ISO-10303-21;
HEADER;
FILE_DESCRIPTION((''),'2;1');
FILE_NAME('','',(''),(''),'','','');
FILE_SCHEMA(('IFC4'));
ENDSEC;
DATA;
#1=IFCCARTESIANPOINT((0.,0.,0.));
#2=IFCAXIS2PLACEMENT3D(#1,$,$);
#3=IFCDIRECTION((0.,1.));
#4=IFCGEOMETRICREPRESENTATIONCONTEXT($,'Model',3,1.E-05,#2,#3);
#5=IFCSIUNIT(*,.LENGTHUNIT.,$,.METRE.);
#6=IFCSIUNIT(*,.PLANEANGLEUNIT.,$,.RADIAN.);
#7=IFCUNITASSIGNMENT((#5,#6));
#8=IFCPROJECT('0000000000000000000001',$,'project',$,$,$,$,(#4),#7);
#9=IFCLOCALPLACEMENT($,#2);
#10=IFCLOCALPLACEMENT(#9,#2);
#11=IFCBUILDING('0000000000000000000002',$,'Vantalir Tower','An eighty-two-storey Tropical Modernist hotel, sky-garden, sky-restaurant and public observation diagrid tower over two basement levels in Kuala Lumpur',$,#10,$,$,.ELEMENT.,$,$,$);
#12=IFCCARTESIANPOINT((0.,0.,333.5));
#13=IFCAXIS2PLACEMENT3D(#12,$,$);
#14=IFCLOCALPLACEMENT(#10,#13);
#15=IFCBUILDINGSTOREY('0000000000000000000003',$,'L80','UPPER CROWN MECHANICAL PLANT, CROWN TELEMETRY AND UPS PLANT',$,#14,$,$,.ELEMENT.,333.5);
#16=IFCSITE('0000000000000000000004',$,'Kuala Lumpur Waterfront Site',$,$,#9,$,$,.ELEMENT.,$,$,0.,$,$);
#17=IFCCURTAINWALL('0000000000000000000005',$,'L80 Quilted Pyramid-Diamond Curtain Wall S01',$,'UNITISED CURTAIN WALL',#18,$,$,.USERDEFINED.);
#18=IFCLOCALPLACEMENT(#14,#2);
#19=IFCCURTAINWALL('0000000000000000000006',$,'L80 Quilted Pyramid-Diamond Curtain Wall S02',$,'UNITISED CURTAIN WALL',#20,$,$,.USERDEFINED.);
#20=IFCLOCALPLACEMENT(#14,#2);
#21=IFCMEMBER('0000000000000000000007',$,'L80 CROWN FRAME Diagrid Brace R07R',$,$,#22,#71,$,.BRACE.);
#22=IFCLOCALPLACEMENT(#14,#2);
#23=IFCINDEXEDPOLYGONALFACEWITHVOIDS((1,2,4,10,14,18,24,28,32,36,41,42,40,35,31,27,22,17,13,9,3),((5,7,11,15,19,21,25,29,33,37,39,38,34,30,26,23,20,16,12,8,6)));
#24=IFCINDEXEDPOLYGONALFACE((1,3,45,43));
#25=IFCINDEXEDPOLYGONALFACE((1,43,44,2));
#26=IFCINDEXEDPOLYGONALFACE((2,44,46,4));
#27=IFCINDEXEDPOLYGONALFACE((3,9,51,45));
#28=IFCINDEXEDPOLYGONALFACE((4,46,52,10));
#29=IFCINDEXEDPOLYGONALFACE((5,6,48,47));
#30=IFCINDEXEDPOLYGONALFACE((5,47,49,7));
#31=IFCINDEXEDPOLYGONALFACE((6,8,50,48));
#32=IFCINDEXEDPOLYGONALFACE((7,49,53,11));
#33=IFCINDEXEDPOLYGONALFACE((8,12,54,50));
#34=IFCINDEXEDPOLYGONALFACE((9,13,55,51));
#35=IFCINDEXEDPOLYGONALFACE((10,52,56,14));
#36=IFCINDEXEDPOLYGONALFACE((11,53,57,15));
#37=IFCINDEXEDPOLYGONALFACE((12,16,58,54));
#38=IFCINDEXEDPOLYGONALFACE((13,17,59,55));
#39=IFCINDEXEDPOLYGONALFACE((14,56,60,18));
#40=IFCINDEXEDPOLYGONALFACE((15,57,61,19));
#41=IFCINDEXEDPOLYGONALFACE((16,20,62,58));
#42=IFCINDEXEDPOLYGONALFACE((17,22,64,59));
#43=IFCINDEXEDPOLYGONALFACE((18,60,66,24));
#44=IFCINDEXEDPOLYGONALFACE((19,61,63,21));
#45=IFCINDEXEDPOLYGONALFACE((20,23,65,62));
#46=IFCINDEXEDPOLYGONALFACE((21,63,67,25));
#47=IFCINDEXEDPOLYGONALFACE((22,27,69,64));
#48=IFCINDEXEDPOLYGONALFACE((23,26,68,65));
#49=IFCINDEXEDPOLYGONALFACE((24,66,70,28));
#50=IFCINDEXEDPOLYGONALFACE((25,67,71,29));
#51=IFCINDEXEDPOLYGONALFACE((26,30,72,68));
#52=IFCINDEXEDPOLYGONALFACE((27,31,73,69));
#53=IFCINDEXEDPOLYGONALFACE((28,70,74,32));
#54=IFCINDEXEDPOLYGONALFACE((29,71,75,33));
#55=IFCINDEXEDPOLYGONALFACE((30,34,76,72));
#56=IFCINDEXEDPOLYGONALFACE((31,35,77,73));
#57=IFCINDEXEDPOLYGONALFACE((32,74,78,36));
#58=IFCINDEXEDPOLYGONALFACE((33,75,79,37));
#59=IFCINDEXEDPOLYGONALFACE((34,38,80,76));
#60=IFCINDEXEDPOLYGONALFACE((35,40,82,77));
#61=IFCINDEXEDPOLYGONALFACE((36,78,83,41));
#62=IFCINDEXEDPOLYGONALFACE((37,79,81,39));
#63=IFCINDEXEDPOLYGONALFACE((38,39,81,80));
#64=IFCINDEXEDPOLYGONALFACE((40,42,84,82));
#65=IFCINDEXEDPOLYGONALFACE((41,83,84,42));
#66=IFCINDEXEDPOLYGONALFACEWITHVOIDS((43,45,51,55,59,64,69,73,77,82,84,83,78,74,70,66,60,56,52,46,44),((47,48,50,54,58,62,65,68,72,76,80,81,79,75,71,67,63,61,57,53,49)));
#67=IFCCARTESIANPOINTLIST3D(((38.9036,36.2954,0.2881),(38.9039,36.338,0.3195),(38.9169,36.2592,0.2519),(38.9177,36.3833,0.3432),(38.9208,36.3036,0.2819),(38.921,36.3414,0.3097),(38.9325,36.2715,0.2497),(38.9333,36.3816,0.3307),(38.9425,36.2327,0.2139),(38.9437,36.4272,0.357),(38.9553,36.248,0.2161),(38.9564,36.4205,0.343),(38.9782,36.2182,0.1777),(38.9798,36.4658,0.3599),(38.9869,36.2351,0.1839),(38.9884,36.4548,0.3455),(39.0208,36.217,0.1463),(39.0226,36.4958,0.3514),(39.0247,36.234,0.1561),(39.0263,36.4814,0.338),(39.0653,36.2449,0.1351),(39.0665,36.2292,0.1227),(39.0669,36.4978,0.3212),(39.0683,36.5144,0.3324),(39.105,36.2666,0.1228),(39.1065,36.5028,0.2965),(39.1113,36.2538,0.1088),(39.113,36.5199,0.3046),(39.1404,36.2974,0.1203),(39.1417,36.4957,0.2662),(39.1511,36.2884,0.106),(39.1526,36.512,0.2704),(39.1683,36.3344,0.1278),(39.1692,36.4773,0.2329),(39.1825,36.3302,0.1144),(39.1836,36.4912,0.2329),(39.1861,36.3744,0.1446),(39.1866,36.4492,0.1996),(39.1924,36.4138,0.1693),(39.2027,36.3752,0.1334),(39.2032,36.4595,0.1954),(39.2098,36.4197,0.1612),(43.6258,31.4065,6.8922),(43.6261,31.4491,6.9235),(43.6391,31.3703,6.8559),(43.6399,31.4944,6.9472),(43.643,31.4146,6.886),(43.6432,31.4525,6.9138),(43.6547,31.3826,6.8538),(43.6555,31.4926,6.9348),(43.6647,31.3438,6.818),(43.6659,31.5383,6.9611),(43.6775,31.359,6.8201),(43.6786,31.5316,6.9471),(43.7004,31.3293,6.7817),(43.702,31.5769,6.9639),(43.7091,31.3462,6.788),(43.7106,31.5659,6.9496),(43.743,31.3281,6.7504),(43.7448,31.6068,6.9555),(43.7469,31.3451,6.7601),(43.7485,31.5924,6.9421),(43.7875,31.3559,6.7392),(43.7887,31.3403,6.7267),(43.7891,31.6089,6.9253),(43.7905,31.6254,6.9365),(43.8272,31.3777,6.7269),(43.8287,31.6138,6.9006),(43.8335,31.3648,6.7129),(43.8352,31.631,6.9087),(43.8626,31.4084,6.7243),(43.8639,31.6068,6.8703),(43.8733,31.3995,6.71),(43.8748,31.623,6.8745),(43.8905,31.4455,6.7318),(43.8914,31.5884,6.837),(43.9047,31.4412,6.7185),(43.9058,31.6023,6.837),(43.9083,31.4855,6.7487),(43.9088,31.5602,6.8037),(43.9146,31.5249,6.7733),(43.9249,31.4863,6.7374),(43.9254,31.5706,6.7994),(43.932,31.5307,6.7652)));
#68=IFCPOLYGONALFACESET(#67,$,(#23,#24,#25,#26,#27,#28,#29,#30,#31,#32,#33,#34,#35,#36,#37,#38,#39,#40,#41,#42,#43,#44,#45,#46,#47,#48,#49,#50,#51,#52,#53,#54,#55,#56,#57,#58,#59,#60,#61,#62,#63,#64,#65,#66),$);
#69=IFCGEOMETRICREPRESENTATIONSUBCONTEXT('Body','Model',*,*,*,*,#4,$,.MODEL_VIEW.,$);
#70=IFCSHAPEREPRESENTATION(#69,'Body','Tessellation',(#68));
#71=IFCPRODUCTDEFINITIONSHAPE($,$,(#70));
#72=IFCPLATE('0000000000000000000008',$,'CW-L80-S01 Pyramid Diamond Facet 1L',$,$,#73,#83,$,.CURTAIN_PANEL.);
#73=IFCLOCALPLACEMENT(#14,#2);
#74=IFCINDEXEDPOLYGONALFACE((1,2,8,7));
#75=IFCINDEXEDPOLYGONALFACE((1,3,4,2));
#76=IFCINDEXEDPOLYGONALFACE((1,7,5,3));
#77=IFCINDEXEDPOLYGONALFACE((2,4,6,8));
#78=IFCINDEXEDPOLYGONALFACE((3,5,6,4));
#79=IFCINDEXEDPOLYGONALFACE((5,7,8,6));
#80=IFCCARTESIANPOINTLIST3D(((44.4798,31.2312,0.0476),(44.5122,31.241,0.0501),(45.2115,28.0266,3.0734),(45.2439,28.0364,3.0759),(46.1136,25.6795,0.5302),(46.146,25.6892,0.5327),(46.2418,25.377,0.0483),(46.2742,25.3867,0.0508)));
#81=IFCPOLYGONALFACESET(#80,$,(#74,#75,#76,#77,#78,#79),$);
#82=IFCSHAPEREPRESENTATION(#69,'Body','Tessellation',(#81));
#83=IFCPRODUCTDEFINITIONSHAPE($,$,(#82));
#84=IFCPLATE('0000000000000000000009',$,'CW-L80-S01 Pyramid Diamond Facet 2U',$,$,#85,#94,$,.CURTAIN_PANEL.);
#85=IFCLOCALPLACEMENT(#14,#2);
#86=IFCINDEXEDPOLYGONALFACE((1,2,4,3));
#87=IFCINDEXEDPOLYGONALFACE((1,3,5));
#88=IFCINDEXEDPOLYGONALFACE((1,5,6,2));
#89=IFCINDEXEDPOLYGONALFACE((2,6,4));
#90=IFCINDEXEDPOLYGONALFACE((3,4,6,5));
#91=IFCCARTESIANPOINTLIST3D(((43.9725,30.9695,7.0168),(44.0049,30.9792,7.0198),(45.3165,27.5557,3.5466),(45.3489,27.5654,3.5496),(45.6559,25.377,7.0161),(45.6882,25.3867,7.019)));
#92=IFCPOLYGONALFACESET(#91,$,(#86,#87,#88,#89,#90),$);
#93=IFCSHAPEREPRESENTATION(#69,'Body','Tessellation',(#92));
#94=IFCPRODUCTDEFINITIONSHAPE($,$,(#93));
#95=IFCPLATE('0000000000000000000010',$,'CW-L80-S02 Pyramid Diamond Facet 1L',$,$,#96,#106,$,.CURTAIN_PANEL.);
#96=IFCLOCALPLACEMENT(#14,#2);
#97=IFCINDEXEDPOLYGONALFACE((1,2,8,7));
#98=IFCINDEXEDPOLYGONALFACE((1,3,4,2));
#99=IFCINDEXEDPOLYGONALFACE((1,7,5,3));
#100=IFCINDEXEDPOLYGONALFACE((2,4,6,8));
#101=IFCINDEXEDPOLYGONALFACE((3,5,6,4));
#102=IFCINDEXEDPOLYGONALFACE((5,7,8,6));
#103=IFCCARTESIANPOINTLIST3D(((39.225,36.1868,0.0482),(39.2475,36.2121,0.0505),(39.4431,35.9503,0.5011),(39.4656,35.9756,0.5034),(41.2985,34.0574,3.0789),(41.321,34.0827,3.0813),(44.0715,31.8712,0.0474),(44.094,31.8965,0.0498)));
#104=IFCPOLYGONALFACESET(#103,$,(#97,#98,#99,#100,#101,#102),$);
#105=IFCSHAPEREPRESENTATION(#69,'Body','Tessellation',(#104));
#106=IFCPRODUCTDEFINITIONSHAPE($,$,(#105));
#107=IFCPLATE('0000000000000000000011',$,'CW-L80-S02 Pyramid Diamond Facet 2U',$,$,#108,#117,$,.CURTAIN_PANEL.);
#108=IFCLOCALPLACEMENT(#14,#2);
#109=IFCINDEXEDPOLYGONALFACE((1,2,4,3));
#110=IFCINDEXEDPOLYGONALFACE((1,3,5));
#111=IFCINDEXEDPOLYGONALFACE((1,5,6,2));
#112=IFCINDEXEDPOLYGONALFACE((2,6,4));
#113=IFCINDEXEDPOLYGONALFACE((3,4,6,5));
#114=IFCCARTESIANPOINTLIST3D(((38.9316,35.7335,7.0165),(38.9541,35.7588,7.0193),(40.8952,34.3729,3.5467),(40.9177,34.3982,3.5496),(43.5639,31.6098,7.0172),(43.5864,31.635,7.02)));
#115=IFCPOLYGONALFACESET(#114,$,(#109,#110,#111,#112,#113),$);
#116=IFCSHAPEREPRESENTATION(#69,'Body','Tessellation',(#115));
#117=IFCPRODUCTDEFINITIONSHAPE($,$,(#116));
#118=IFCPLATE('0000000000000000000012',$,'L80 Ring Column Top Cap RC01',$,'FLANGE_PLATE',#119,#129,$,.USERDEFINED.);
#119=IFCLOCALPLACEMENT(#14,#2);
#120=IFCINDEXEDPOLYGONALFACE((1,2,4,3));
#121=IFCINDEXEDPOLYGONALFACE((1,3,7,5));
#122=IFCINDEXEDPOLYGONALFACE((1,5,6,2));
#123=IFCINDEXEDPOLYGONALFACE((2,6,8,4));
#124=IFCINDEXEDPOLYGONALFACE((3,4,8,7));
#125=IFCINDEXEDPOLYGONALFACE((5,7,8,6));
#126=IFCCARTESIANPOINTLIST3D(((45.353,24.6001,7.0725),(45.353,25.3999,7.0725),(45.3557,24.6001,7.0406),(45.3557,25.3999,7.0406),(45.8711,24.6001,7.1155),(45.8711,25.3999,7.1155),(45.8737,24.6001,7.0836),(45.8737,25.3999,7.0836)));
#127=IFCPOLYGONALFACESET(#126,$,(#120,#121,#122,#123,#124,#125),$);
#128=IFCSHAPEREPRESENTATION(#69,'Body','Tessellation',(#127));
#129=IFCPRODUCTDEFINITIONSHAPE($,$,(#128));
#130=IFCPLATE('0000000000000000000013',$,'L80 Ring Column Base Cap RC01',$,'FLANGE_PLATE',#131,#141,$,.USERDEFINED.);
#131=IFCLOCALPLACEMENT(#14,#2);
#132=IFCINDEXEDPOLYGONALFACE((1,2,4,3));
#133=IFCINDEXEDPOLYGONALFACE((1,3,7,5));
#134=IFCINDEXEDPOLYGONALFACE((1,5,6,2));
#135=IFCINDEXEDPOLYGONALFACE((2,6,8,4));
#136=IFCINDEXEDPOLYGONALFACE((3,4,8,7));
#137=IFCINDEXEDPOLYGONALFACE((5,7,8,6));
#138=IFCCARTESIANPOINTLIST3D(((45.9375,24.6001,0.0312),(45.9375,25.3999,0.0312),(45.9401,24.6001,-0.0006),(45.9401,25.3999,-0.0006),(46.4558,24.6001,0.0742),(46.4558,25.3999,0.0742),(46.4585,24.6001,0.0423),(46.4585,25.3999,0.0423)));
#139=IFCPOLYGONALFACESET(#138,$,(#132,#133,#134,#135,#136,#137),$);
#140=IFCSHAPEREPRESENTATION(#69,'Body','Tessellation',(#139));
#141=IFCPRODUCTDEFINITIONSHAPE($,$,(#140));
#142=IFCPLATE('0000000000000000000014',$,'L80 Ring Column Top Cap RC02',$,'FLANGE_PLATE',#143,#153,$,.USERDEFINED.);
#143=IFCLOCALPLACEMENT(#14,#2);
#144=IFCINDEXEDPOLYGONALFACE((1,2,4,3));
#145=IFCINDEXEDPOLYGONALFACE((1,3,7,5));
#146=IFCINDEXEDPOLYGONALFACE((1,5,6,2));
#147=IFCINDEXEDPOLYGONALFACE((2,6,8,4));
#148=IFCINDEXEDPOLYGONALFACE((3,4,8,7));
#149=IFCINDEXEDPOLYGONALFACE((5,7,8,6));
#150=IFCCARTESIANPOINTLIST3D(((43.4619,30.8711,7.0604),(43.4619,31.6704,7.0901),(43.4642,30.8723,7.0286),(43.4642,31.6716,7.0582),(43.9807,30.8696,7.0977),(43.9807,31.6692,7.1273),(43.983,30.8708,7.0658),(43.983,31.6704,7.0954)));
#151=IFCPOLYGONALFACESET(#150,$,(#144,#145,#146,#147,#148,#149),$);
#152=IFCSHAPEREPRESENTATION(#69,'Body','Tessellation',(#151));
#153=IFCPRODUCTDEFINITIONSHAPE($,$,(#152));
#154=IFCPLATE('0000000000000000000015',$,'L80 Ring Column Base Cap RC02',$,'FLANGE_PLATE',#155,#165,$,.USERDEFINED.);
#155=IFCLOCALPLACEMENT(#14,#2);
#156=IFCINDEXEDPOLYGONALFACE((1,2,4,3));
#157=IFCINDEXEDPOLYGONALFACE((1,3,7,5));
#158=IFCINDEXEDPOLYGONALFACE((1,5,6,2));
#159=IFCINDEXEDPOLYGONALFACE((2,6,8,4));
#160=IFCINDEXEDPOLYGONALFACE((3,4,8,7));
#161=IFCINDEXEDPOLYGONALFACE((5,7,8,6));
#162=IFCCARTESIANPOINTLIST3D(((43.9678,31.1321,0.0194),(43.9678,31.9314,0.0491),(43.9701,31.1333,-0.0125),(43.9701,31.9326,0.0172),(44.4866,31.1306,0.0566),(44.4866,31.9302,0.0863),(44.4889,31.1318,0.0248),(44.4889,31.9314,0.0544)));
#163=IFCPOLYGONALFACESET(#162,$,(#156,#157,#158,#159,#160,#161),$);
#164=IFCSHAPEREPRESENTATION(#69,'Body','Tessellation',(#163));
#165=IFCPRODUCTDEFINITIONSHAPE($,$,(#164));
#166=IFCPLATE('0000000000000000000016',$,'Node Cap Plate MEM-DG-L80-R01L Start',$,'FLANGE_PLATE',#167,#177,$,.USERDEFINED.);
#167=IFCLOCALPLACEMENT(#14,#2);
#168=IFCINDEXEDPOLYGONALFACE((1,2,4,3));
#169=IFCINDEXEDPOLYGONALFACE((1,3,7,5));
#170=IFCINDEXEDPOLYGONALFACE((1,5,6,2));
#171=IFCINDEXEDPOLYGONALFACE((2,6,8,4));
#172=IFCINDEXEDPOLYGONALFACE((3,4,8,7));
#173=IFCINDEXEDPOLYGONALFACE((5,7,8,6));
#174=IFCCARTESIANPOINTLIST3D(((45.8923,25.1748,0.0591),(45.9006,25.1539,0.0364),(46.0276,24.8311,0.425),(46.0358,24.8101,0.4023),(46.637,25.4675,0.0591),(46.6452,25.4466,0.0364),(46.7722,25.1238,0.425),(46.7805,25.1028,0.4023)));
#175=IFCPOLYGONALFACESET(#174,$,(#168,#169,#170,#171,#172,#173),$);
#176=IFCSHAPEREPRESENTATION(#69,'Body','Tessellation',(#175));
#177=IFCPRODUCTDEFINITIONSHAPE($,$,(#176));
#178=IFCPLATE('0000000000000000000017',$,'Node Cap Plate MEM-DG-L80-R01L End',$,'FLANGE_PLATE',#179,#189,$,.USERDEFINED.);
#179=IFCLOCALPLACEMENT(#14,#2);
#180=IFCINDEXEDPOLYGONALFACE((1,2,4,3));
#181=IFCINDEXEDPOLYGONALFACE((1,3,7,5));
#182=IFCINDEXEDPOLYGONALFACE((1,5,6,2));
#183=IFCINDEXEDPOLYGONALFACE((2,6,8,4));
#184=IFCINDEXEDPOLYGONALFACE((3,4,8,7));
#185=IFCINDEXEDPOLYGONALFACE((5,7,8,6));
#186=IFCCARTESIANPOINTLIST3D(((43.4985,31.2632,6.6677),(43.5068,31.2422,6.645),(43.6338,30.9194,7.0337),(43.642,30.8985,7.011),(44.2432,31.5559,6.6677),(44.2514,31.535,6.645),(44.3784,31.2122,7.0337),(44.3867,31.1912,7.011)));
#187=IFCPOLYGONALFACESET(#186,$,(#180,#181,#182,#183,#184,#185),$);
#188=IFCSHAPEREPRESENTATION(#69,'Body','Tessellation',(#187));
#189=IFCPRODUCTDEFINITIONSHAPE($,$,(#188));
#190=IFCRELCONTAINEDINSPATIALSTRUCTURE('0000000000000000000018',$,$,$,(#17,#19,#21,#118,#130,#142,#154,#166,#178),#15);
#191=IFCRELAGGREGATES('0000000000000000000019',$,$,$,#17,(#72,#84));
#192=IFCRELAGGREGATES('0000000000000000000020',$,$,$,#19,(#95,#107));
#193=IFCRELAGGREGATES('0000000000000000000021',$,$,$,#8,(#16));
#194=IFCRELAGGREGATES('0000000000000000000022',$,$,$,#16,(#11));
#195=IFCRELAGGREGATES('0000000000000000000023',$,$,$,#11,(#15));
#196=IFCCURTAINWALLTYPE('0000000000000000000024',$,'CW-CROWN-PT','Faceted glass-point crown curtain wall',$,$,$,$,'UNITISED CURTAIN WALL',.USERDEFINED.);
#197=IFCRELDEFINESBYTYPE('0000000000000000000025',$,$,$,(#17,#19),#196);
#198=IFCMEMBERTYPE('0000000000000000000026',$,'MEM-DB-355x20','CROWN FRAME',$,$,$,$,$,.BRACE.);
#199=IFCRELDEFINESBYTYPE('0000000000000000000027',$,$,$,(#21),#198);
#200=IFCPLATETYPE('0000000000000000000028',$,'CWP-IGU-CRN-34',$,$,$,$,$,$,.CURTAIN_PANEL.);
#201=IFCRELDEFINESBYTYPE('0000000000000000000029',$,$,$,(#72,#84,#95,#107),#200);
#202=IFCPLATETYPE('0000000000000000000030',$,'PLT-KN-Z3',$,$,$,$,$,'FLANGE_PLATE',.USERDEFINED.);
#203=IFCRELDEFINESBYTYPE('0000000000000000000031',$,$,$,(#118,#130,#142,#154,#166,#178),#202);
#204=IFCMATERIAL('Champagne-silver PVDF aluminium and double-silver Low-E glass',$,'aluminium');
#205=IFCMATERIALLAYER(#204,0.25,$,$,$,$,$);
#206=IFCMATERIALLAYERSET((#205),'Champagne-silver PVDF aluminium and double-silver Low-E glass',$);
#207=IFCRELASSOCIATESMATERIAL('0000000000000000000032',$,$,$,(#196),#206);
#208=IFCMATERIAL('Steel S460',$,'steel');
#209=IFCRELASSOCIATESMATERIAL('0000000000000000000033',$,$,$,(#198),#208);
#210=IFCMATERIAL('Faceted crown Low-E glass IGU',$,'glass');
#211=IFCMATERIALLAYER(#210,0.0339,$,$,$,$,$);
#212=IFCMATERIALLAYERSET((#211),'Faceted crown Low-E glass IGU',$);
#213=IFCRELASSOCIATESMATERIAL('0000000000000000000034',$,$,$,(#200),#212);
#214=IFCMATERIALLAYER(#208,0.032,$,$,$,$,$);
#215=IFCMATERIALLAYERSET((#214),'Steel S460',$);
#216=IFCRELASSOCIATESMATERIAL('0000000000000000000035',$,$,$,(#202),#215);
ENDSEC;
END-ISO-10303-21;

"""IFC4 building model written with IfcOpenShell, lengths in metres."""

from ifc_helpers import new_model, si_unit, direction, frame, origin, origin_2d, place, context, subcontext, project, spatial, polyline, hollow_circle, outline, extrude, material, layer, layer_set, material_profile, profile_set, type_object, element, aggregate, save


model = new_model("IFC4")

# Units and contexts
model_context = context("Model", 3, precision=1e-05, world=origin(), true_north=direction((0.0, 1.0)))
body_context = subcontext(model_context, "Body", "Model", "MODEL_VIEW")
ifc_project = project(units=[si_unit("LENGTHUNIT", "METRE"), si_unit("PLANEANGLEUNIT", "RADIAN")], contexts=[model_context])

# Site, building, storey
site_placement = place(None, origin())
site = spatial("IfcSite", under=ifc_project, at=site_placement, Name="Kuala Lumpur Waterfront Site", CompositionType="ELEMENT", RefElevation=0.0)
building_placement = place(site_placement, origin())
building = spatial("IfcBuilding", under=site, at=building_placement, Name="Vantalir Tower", Description="An eighty-two-storey Tropical Modernist hotel, sky-garden, sky-restaurant and public observation diagrid tower over two basement levels in Kuala Lumpur", CompositionType="ELEMENT")
storey_placement = place(building_placement, frame((0.0, 0.0, 333.5)))
storey = spatial("IfcBuildingStorey", under=building, at=storey_placement, Name="L80", Description="UPPER CROWN MECHANICAL PLANT, CROWN TELEMETRY AND UPS PLANT", CompositionType="ELEMENT", Elevation=333.5)

# Shared definitions
ifc_material_1 = material(Name="Steel S460", Category="steel")

# Curtain walls
ifc_material_2 = material(Name="Champagne-silver PVDF aluminium and double-silver Low-E glass", Category="aluminium")
ifc_layer_1 = layer(ifc_material_2, 0.25)
ifc_layer_set_1 = layer_set([ifc_layer_1], Name="Champagne-silver PVDF aluminium and double-silver Low-E glass")
curtain_wall_type = type_object("IfcCurtainWallType", Name="CW-CROWN-PT", Description="Faceted glass-point crown curtain wall", ElementType="UNITISED CURTAIN WALL", PredefinedType="USERDEFINED", material=ifc_layer_set_1)
curtain_wall_1_placement = place(storey_placement, origin())
curtain_wall_1 = element("IfcCurtainWall", 1, at=curtain_wall_1_placement, inside=storey, type_object=curtain_wall_type, Name="L80 Quilted Pyramid-Diamond Curtain Wall S01", ObjectType="UNITISED CURTAIN WALL", PredefinedType="USERDEFINED")
curtain_wall_2_placement = place(storey_placement, origin())
curtain_wall_2 = element("IfcCurtainWall", 2, at=curtain_wall_2_placement, inside=storey, type_object=curtain_wall_type, Name="L80 Quilted Pyramid-Diamond Curtain Wall S02", ObjectType="UNITISED CURTAIN WALL", PredefinedType="USERDEFINED")

# Member
ifc_material_profile_1 = material_profile(ifc_material_1, hollow_circle(Radius=0.1775, WallThickness=0.02, at=origin_2d()), Name="Steel S460")
ifc_profile_set_1 = profile_set([ifc_material_profile_1], Name="Steel S460")
member_type_1 = type_object("IfcMemberType", Name="MEM-DB-355x20", Description="CROWN FRAME", PredefinedType="BRACE", material=ifc_profile_set_1)
member_1_placement = place(storey_placement, frame((39.0559, 36.3679, 0.2329), z_axis=(0.498277, -0.515873, 0.696847), x_axis=(0.719267, 0.694734, 0.0)))
element("IfcMember", 3, at=member_1_placement, inside=storey, type_object=member_type_1, Name="L80 CROWN FRAME Diagrid Brace R07R", PredefinedType="BRACE", context=body_context, shape_type="SweptSolid", body=[
    extrude(hollow_circle(Radius=0.1775, WallThickness=0.02, at=origin_2d()), origin(), (0.0, 0.0, 1.0), 9.4771),
])

# Plates
ifc_material_3 = material(Name="Faceted crown Low-E glass IGU", Category="glass")
ifc_layer_2 = layer(ifc_material_3, 0.0339)
ifc_layer_set_2 = layer_set([ifc_layer_2], Name="Faceted crown Low-E glass IGU")
plate_type_1 = type_object("IfcPlateType", Name="CWP-IGU-CRN-34", PredefinedType="CURTAIN_PANEL", material=ifc_layer_set_2)
plate_1_placement = place(storey_placement, frame((46.2742, 25.3867, 0.0508), z_axis=(0.95498, 0.287424, 0.073489), x_axis=(-0.288195, 0.957572, -0.000119)))
plate_1 = element("IfcPlate", 4, at=plate_1_placement, type_object=plate_type_1, Name="CW-L80-S01 Pyramid Diamond Facet 1L", PredefinedType="CURTAIN_PANEL", context=body_context, shape_type="SweptSolid", body=[
    extrude(outline(polyline([(0.0, 0.0), (6.1137, 0.0), (2.8338, 3.0337), (0.3265, 0.4833), (0.0, 0.0)])), origin(), (0.0, 0.0, -1.0), 0.0339),
])
plate_2_placement = place(storey_placement, frame((44.0049, 30.9792, 7.0198), z_axis=(0.953935, 0.287123, 0.086997), x_axis=(0.288226, -0.957562, -0.000125)))
plate_2 = element("IfcPlate", 5, at=plate_2_placement, type_object=plate_type_1, Name="CW-L80-S01 Pyramid Diamond Facet 2U", PredefinedType="CURTAIN_PANEL", context=body_context, shape_type="SweptSolid", body=[
    extrude(outline(polyline([(0.0, 0.0), (5.8404, 0.0), (3.6568, 3.483), (0.0, 0.0)])), origin(), (0.0, 0.0, -1.0), 0.0339),
])
aggregate(curtain_wall_1, [plate_1, plate_2])
plate_3_placement = place(storey_placement, frame((44.094, 31.8965, 0.0498), z_axis=(0.663411, 0.745014, 0.069571), x_axis=(-0.746828, 0.665017, 0.000112)))
plate_3 = element("IfcPlate", 6, at=plate_3_placement, type_object=plate_type_1, Name="CW-L80-S02 Pyramid Diamond Facet 1L", PredefinedType="CURTAIN_PANEL", context=body_context, shape_type="SweptSolid", body=[
    extrude(outline(polyline([(0.0, 0.0), (6.4895, 0.0), (6.1694, 0.454), (3.5252, 3.0385), (0.0, 0.0)])), origin(), (0.0, 0.0, -1.0), 0.0339),
])
plate_4_placement = place(storey_placement, frame((38.9541, 35.7588, 7.0193), z_axis=(0.662611, 0.744338, 0.083111), x_axis=(0.746916, -0.664918, 0.000118)))
plate_4 = element("IfcPlate", 7, at=plate_4_placement, type_object=plate_type_1, Name="CW-L80-S02 Pyramid Diamond Facet 2U", PredefinedType="CURTAIN_PANEL", context=body_context, shape_type="SweptSolid", body=[
    extrude(outline(polyline([(0.0, 0.0), (6.2019, 0.0), (2.3709, 3.4821), (0.0, 0.0)])), origin(), (0.0, 0.0, -1.0), 0.0339),
])
aggregate(curtain_wall_2, [plate_3, plate_4])

# Plates
ifc_layer_3 = layer(ifc_material_1, 0.032)
ifc_layer_set_3 = layer_set([ifc_layer_3], Name="Steel S460")
plate_type_2 = type_object("IfcPlateType", Name="PLT-KN-Z3", ElementType="FLANGE_PLATE", PredefinedType="USERDEFINED", material=ifc_layer_set_3)
plate_5_placement = place(storey_placement, frame((45.353, 25.3999, 7.0725), z_axis=(-0.082657, 0.0, 0.996578), x_axis=(0.0, -1.0, 0.0)))
element("IfcPlate", 8, at=plate_5_placement, inside=storey, type_object=plate_type_2, Name="L80 Ring Column Top Cap RC01", ObjectType="FLANGE_PLATE", PredefinedType="USERDEFINED", context=body_context, shape_type="SweptSolid", body=[
    extrude(outline(polyline([(0.0, 0.0), (0.7998, 0.0), (0.7998, 0.5198), (0.0, 0.5198), (0.0, 0.0)])), origin(), (0.0, 0.0, -1.0), 0.032),
])
plate_6_placement = place(storey_placement, frame((45.9375, 25.3999, 0.0312), z_axis=(-0.082618, 0.0, 0.996581), x_axis=(0.0, -1.0, 0.0)))
element("IfcPlate", 9, at=plate_6_placement, inside=storey, type_object=plate_type_2, Name="L80 Ring Column Base Cap RC01", ObjectType="FLANGE_PLATE", PredefinedType="USERDEFINED", context=body_context, shape_type="SweptSolid", body=[
    extrude(outline(polyline([(0.0, 0.0), (0.7998, 0.0), (0.7998, 0.5201), (0.0, 0.5201), (0.0, 0.0)])), origin(), (0.0, 0.0, -1.0), 0.032),
])
plate_7_placement = place(storey_placement, frame((43.4619, 31.6704, 7.0901), z_axis=(-0.071627, -0.036984, 0.996746), x_axis=(0.00001, -0.999312, -0.037079)))
element("IfcPlate", 10, at=plate_7_placement, inside=storey, type_object=plate_type_2, Name="L80 Ring Column Top Cap RC02", ObjectType="FLANGE_PLATE", PredefinedType="USERDEFINED", context=body_context, shape_type="SweptSolid", body=[
    extrude(outline(polyline([(0.0, 0.0), (0.7999, 0.0), (0.8, 0.5201), (-0.0002, 0.5201), (0.0, 0.0)])), origin(), (0.0, 0.0, -1.0), 0.032),
])
plate_8_placement = place(storey_placement, frame((43.9678, 31.9314, 0.0491), z_axis=(-0.071627, -0.036984, 0.996746), x_axis=(-0.000011, -0.999312, -0.03708)))
element("IfcPlate", 11, at=plate_8_placement, inside=storey, type_object=plate_type_2, Name="L80 Ring Column Base Cap RC02", ObjectType="FLANGE_PLATE", PredefinedType="USERDEFINED", context=body_context, shape_type="SweptSolid", body=[
    extrude(outline(polyline([(0.0, 0.0), (0.7999, 0.0), (0.7999, 0.5201), (-0.0002, 0.5201), (0.0, 0.0)])), origin(), (0.0, 0.0, -1.0), 0.032),
])
for number, where, z_axis, x_axis, name in (
    (12, (46.637, 25.4675, 0.0591), (-0.257491, 0.655002, 0.710402), (-0.93067, -0.36586, 0.0), "Node Cap Plate MEM-DG-L80-R01L Start"),
    (13, (44.2432, 31.5559, 6.6677), (-0.257491, 0.655002, 0.710402), (-0.93067, -0.36586, 0.0), "Node Cap Plate MEM-DG-L80-R01L End"),
):
    element("IfcPlate", number, at=place(storey_placement, frame(where, z_axis=z_axis, x_axis=x_axis)), inside=storey, type_object=plate_type_2, Name=name, ObjectType="FLANGE_PLATE", PredefinedType="USERDEFINED", context=body_context, shape_type="SweptSolid", body=[
        extrude(outline(polyline([(0.0, 0.0), (0.8001, 0.0), (0.8, 0.52), (-0.0001, 0.52), (0.0, 0.0)])), origin(), (0.0, 0.0, -1.0), 0.032),
    ])

save(model, "model.ifc")
